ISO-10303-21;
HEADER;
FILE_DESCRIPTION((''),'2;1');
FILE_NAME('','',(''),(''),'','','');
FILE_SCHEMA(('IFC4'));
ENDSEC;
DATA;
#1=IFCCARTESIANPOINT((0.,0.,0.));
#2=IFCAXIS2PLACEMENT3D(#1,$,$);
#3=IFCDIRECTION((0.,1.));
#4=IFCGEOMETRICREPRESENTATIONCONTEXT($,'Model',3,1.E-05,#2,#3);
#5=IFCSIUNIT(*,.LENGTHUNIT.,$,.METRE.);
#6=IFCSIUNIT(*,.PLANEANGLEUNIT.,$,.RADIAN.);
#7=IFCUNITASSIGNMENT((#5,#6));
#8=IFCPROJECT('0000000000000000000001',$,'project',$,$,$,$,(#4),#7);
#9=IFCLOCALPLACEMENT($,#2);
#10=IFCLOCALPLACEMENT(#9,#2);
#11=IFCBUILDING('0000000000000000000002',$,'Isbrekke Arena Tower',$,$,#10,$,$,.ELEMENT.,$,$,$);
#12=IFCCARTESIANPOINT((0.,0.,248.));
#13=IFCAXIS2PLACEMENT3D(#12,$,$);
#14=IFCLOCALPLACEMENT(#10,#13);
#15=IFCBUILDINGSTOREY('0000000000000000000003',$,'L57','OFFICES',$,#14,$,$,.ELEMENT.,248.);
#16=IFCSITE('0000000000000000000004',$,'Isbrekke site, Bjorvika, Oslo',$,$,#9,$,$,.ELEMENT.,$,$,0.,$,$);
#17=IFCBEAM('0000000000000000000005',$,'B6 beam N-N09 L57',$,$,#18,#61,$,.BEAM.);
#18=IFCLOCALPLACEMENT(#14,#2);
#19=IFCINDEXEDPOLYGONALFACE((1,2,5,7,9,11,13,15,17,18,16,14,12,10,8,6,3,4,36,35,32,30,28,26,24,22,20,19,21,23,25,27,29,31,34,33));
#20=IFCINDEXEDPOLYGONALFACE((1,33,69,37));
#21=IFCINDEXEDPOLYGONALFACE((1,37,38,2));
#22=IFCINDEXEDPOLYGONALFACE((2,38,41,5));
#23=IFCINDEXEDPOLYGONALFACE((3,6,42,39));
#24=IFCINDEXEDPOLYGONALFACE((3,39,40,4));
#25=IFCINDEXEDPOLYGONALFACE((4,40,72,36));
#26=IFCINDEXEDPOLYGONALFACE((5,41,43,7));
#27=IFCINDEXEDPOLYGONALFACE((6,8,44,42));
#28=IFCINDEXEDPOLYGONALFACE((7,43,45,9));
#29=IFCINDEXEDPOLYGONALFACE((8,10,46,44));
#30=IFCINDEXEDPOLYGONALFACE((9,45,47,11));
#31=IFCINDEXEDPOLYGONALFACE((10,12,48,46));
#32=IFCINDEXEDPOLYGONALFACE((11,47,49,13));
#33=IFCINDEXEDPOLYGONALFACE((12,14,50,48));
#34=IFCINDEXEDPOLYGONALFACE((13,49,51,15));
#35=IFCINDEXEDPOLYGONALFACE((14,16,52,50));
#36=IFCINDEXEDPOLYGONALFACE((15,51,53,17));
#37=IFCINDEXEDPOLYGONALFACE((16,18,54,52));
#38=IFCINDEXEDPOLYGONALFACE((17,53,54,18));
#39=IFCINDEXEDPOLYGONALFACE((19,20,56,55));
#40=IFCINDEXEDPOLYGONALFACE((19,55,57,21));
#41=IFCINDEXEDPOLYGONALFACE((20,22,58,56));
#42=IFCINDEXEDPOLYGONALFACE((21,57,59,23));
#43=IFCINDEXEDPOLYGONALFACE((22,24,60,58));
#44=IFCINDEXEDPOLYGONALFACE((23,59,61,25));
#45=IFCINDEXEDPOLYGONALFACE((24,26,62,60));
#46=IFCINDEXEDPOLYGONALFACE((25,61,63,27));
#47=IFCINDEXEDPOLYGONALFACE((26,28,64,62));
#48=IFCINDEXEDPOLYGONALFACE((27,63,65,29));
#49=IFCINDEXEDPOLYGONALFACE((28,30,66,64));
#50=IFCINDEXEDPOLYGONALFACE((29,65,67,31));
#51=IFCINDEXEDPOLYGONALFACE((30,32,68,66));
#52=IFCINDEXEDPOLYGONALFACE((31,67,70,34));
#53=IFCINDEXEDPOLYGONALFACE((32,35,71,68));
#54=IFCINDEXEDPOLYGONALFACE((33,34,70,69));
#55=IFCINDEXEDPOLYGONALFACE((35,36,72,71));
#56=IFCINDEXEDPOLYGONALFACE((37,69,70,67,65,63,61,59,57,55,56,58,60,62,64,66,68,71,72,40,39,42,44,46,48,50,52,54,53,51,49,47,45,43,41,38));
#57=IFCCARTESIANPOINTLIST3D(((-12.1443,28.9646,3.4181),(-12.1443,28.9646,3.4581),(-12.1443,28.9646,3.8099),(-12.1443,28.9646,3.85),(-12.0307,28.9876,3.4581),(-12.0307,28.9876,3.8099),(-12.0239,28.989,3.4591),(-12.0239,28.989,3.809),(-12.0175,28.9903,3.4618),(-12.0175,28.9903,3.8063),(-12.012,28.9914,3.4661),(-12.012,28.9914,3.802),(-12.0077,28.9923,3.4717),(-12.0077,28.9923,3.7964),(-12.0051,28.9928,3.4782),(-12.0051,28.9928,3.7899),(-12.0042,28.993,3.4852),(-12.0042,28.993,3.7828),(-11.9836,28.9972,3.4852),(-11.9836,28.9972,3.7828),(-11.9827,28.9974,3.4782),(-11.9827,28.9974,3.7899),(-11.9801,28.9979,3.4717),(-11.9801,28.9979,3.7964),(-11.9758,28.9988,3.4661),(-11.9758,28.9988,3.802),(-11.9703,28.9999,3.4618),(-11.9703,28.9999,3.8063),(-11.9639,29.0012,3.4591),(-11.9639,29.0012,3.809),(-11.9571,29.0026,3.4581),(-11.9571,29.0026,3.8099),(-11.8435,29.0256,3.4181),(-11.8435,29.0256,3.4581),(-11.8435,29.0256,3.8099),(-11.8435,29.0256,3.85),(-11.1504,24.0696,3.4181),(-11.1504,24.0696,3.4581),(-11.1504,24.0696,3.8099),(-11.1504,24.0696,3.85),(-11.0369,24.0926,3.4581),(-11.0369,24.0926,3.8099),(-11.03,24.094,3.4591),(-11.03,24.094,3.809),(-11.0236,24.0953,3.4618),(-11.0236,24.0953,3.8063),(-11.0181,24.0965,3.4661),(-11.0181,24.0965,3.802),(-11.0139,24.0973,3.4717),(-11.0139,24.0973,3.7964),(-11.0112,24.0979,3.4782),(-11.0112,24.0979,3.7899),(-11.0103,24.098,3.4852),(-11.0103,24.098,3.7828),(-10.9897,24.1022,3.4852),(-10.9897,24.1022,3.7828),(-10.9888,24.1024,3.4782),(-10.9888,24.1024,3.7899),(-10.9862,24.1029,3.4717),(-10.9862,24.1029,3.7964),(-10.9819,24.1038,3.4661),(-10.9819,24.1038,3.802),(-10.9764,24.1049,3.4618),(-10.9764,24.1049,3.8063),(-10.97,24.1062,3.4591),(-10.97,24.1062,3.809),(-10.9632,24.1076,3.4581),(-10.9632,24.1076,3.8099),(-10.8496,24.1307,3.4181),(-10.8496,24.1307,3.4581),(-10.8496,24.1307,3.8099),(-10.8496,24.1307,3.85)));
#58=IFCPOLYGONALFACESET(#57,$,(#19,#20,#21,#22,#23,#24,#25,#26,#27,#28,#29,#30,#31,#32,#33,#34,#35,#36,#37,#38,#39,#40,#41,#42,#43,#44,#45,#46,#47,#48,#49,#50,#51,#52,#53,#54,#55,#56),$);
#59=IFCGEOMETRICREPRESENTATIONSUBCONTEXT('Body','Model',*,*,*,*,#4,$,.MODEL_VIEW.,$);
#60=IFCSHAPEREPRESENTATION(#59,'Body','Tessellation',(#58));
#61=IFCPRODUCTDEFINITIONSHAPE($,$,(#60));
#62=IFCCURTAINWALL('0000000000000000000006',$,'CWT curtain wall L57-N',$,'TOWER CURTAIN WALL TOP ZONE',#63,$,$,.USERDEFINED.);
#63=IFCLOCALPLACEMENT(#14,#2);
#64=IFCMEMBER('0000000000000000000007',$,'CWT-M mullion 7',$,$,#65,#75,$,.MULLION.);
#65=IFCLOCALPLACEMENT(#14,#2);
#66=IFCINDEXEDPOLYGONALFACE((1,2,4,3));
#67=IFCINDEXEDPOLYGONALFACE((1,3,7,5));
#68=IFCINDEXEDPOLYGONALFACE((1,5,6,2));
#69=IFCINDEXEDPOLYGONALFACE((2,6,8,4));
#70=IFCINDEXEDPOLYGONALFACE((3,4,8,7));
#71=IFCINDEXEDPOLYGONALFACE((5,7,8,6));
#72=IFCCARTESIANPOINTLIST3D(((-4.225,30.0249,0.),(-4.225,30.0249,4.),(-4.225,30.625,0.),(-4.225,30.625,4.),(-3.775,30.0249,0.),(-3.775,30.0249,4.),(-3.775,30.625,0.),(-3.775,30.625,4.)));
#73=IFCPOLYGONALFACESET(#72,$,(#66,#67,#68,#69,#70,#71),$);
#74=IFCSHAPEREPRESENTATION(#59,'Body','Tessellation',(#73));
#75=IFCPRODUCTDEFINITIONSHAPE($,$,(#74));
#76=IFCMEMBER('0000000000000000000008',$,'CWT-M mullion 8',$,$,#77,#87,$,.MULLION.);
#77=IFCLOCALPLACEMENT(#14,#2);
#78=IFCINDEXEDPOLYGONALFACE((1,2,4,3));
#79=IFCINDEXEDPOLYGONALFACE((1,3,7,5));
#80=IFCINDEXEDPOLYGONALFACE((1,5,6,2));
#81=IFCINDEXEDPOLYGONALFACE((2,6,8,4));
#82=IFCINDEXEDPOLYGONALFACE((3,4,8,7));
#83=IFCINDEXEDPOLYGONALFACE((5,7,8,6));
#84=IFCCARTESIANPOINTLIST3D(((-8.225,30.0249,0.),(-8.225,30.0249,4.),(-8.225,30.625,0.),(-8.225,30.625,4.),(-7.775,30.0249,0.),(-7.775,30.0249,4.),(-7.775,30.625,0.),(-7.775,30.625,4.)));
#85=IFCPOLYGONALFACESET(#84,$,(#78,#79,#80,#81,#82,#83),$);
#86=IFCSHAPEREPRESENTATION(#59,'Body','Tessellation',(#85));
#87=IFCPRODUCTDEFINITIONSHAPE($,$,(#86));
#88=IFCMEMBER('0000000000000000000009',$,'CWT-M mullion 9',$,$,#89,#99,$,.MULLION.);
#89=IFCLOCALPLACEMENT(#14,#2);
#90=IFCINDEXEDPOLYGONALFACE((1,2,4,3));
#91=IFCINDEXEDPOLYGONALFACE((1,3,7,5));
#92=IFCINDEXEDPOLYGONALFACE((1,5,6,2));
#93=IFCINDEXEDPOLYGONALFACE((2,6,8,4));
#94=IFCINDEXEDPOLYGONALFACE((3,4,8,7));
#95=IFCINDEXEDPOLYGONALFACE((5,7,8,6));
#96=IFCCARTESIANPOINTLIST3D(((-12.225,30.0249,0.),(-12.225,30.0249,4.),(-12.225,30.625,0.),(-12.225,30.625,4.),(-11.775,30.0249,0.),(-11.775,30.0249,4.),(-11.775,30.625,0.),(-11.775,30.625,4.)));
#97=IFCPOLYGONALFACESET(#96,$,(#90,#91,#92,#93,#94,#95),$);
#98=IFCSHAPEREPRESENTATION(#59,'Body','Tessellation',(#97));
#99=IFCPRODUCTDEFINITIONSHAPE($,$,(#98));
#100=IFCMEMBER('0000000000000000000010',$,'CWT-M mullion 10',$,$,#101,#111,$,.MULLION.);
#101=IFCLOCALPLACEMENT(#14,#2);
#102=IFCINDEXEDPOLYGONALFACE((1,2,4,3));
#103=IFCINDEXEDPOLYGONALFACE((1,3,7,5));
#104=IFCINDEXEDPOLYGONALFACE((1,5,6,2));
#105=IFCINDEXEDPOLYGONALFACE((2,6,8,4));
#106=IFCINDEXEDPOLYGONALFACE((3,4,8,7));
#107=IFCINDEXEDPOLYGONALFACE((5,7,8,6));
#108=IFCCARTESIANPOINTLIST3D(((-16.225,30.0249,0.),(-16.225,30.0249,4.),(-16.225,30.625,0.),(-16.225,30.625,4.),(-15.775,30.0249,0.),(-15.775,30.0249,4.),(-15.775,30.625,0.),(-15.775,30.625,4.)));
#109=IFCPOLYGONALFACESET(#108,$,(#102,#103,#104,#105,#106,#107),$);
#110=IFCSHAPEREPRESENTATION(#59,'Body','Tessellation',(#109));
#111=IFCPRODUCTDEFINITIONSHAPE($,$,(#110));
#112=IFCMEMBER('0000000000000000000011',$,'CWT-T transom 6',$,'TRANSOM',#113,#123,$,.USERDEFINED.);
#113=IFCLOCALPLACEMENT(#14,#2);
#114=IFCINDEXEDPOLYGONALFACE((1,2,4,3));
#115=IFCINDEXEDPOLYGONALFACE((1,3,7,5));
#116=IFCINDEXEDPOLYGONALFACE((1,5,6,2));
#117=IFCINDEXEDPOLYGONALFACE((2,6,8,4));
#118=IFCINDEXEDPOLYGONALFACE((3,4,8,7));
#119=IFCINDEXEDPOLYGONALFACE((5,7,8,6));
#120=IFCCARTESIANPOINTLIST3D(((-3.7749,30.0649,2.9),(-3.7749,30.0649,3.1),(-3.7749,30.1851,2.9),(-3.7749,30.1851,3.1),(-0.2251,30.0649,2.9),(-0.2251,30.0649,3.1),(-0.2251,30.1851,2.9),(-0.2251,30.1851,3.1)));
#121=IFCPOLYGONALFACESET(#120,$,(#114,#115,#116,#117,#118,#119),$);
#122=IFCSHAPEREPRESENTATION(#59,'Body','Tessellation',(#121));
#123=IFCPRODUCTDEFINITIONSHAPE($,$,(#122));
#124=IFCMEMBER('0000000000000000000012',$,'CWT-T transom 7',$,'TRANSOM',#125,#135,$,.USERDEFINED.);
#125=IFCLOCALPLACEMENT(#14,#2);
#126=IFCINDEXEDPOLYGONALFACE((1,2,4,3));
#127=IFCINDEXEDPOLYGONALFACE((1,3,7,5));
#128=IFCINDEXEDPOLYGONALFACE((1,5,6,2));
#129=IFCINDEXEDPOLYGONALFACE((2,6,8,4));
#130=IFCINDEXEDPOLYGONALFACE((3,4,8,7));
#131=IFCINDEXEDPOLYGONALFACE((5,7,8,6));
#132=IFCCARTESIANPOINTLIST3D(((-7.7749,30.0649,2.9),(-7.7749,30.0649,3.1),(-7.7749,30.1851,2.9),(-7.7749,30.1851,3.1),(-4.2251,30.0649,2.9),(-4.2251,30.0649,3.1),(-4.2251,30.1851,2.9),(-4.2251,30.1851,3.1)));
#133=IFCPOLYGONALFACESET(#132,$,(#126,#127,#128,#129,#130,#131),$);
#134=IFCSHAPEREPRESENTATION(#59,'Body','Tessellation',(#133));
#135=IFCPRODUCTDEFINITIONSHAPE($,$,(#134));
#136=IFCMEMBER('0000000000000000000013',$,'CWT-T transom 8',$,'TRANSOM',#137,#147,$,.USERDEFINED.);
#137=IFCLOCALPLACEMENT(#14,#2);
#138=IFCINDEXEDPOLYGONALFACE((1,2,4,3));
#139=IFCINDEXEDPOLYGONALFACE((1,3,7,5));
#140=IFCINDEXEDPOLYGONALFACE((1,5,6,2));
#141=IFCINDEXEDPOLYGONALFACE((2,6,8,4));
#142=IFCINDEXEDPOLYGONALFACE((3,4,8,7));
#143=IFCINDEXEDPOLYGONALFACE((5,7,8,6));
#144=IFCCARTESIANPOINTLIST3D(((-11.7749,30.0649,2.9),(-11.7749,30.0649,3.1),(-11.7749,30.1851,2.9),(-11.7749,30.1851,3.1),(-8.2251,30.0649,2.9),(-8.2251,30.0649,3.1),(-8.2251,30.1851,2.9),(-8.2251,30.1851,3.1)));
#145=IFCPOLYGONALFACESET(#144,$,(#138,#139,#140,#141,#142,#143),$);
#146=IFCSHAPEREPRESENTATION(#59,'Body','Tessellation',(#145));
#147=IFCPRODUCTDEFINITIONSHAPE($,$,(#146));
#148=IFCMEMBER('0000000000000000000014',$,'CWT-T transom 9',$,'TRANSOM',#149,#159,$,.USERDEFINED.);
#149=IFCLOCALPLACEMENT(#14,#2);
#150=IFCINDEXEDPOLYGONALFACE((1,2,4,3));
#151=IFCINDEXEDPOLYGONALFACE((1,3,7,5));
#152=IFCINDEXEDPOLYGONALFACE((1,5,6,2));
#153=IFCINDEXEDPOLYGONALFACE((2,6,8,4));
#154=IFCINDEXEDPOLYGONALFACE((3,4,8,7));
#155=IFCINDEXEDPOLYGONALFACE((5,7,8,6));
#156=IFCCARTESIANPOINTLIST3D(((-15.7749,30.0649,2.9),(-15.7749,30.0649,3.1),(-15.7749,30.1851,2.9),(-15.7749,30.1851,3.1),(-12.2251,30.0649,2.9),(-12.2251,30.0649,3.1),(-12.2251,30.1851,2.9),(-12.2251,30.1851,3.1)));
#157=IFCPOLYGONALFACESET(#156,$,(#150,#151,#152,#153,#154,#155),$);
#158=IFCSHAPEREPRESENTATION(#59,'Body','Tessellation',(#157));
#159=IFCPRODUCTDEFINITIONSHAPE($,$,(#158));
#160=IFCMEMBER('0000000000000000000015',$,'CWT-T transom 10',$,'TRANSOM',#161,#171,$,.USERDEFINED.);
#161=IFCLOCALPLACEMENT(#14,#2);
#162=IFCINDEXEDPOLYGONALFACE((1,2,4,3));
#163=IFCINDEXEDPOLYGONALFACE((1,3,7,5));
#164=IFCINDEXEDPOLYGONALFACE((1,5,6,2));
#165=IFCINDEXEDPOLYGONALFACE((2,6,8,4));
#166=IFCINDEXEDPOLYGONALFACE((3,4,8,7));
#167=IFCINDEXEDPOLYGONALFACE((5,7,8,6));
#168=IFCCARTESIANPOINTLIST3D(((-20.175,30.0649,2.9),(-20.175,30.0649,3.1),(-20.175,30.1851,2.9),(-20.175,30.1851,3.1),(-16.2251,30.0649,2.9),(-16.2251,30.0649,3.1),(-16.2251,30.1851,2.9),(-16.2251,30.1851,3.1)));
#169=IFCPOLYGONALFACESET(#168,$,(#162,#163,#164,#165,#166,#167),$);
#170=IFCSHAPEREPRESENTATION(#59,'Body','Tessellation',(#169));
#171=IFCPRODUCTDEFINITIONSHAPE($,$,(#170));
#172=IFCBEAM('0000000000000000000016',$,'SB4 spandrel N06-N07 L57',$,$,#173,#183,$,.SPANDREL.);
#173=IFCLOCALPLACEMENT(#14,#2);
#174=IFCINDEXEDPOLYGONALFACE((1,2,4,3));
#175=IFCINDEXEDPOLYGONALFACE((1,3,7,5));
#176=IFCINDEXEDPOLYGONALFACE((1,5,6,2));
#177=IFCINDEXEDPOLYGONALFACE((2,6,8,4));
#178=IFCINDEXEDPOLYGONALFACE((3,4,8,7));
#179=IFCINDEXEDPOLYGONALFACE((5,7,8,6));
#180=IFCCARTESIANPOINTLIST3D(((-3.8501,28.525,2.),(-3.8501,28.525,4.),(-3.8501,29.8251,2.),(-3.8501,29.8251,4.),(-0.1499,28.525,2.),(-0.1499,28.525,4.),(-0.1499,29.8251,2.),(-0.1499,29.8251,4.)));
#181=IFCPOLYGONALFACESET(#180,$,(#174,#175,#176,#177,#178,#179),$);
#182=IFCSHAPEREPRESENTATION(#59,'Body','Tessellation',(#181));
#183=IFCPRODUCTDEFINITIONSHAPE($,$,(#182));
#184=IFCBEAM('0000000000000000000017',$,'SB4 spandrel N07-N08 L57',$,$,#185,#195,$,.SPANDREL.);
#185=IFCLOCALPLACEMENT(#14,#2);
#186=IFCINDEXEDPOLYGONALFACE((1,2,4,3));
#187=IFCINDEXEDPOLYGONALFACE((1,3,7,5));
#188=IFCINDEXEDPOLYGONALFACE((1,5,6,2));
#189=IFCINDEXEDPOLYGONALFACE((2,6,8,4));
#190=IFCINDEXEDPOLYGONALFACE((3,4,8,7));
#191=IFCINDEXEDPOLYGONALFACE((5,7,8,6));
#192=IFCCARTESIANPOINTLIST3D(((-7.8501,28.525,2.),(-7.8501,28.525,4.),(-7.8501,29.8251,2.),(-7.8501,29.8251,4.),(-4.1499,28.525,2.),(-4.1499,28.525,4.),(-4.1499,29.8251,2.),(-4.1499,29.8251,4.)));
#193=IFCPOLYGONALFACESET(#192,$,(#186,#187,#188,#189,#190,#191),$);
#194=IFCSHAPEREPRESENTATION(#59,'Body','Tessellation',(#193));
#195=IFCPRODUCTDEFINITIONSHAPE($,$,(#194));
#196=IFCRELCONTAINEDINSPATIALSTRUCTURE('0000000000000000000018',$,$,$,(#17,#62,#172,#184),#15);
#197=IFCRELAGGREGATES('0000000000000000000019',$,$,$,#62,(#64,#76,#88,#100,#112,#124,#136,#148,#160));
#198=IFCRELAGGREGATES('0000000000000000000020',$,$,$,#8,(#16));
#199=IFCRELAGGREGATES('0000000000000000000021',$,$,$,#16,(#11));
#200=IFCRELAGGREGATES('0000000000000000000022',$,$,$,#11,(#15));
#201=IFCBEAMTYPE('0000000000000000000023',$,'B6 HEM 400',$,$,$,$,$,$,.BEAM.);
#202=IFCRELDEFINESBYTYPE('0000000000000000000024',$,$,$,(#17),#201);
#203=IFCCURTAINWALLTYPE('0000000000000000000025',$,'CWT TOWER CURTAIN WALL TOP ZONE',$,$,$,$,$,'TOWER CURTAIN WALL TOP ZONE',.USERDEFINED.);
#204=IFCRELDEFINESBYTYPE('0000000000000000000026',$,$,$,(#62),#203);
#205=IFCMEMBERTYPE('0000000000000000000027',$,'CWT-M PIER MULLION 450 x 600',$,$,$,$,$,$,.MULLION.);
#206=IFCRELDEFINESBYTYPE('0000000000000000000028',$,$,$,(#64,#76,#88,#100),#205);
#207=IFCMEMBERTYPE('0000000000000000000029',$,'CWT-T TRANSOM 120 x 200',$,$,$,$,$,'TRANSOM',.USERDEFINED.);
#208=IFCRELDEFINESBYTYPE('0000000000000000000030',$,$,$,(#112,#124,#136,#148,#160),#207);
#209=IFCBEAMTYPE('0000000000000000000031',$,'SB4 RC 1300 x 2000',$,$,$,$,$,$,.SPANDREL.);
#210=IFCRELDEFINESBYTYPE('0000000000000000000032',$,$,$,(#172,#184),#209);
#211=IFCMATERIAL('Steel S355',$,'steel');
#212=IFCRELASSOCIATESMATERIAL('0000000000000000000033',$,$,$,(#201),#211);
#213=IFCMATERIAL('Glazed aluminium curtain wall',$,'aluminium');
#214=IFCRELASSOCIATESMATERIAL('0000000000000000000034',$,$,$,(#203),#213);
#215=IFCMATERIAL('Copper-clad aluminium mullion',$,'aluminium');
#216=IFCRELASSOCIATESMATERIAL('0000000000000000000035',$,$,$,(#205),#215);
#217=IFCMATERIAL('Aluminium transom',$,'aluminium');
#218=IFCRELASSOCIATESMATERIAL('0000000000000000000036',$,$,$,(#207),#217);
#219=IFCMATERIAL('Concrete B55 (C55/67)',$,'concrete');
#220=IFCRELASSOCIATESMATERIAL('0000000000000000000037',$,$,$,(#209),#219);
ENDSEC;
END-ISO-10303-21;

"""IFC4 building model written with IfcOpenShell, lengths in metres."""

from ifc_helpers import new_model, si_unit, direction, frame, origin, origin_2d, place, context, subcontext, project, spatial, rectangle, i_section, extrude, material, material_profile, profile_set, type_object, element, aggregate, save


model = new_model("IFC4")

# Units and contexts
model_context = context("Model", 3, precision=1e-05, world=origin(), true_north=direction((0.0, 1.0)))
body_context = subcontext(model_context, "Body", "Model", "MODEL_VIEW")
ifc_project = project(units=[si_unit("LENGTHUNIT", "METRE"), si_unit("PLANEANGLEUNIT", "RADIAN")], contexts=[model_context])

# Site, building, storey
site_placement = place(None, origin())
site = spatial("IfcSite", under=ifc_project, at=site_placement, Name="Isbrekke site, Bjorvika, Oslo", CompositionType="ELEMENT", RefElevation=0.0)
building_placement = place(site_placement, origin())
building = spatial("IfcBuilding", under=site, at=building_placement, Name="Isbrekke Arena Tower", CompositionType="ELEMENT")
storey_placement = place(building_placement, frame((0.0, 0.0, 248.0)))
storey = spatial("IfcBuildingStorey", under=building, at=storey_placement, Name="L57", Description="OFFICES", CompositionType="ELEMENT", Elevation=248.0)

# Beam
ifc_material_1 = material(Name="Steel S355", Category="steel")
ifc_material_profile_1 = material_profile(ifc_material_1, i_section(OverallWidth=0.3069, OverallDepth=0.4319, WebThickness=0.021, FlangeThickness=0.04, FilletRadius=0.0271, at=origin_2d()), Name="HEM 400")
ifc_profile_set_1 = profile_set([ifc_material_profile_1], Name="Steel S355")
beam_type_1 = type_object("IfcBeamType", Name="B6 HEM 400", PredefinedType="BEAM", material=ifc_profile_set_1)
beam_1_placement = place(storey_placement, frame((-11.9939, 28.9951, 3.634), z_axis=(0.198982, -0.980003, 0.0), x_axis=(0.980003, 0.198982, 0.0)))
element("IfcBeam", 1, at=beam_1_placement, inside=storey, type_object=beam_type_1, Name="B6 beam N-N09 L57", PredefinedType="BEAM", context=body_context, shape_type="SweptSolid", body=[
    extrude(i_section(OverallWidth=0.3069, OverallDepth=0.4319, WebThickness=0.021, FlangeThickness=0.04, FilletRadius=0.0271, at=origin_2d()), origin(), (0.0, 0.0, 1.0), 4.9949),
])

# Curtain wall, members
ifc_material_2 = material(Name="Glazed aluminium curtain wall", Category="aluminium")
curtain_wall_type = type_object("IfcCurtainWallType", Name="CWT TOWER CURTAIN WALL TOP ZONE", ElementType="TOWER CURTAIN WALL TOP ZONE", PredefinedType="USERDEFINED", material=ifc_material_2)
curtain_wall_placement = place(storey_placement, origin())
curtain_wall = element("IfcCurtainWall", 2, at=curtain_wall_placement, inside=storey, type_object=curtain_wall_type, Name="CWT curtain wall L57-N", ObjectType="TOWER CURTAIN WALL TOP ZONE", PredefinedType="USERDEFINED")
ifc_material_3 = material(Name="Copper-clad aluminium mullion", Category="aluminium")
ifc_material_profile_2 = material_profile(ifc_material_3, rectangle(XDim=0.45, YDim=0.6001, at=origin_2d()), Name="PIER 450X600")
ifc_profile_set_2 = profile_set([ifc_material_profile_2], Name="Copper-clad aluminium mullion")
member_type_1 = type_object("IfcMemberType", Name="CWT-M PIER MULLION 450 x 600", PredefinedType="MULLION", material=ifc_profile_set_2)
member_1_placement = place(storey_placement, frame((-4.0, 30.325, 0.0), z_axis=(0.0, 0.0, 1.0), x_axis=(-1.0, 0.0, 0.0)))
member_1 = element("IfcMember", 3, at=member_1_placement, type_object=member_type_1, Name="CWT-M mullion 7", PredefinedType="MULLION", context=body_context, shape_type="SweptSolid", body=[
    extrude(rectangle(XDim=0.45, YDim=0.6001, at=origin_2d()), origin(), (0.0, 0.0, 1.0), 4.0),
])
member_2_placement = place(storey_placement, frame((-8.0, 30.325, 0.0), z_axis=(0.0, 0.0, 1.0), x_axis=(-1.0, 0.0, 0.0)))
member_2 = element("IfcMember", 4, at=member_2_placement, type_object=member_type_1, Name="CWT-M mullion 8", PredefinedType="MULLION", context=body_context, shape_type="SweptSolid", body=[
    extrude(rectangle(XDim=0.45, YDim=0.6001, at=origin_2d()), origin(), (0.0, 0.0, 1.0), 4.0),
])
member_3_placement = place(storey_placement, frame((-12.0, 30.325, 0.0), z_axis=(0.0, 0.0, 1.0), x_axis=(-1.0, 0.0, 0.0)))
member_3 = element("IfcMember", 5, at=member_3_placement, type_object=member_type_1, Name="CWT-M mullion 9", PredefinedType="MULLION", context=body_context, shape_type="SweptSolid", body=[
    extrude(rectangle(XDim=0.45, YDim=0.6001, at=origin_2d()), origin(), (0.0, 0.0, 1.0), 4.0),
])
member_4_placement = place(storey_placement, frame((-16.0, 30.325, 0.0), z_axis=(0.0, 0.0, 1.0), x_axis=(-1.0, 0.0, 0.0)))
member_4 = element("IfcMember", 6, at=member_4_placement, type_object=member_type_1, Name="CWT-M mullion 10", PredefinedType="MULLION", context=body_context, shape_type="SweptSolid", body=[
    extrude(rectangle(XDim=0.45, YDim=0.6001, at=origin_2d()), origin(), (0.0, 0.0, 1.0), 4.0),
])
ifc_material_4 = material(Name="Aluminium transom", Category="aluminium")
ifc_material_profile_3 = material_profile(ifc_material_4, rectangle(XDim=0.1201, YDim=0.2, at=origin_2d()), Name="TRANSOM 120X200")
ifc_profile_set_3 = profile_set([ifc_material_profile_3], Name="Aluminium transom")
member_type_2 = type_object("IfcMemberType", Name="CWT-T TRANSOM 120 x 200", ElementType="TRANSOM", PredefinedType="USERDEFINED", material=ifc_profile_set_3)
member_5_placement = place(storey_placement, frame((-0.2251, 30.125, 3.0), z_axis=(-1.0, 0.0, 0.0), x_axis=(0.0, -1.0, 0.0)))
member_5 = element("IfcMember", 7, at=member_5_placement, type_object=member_type_2, Name="CWT-T transom 6", ObjectType="TRANSOM", PredefinedType="USERDEFINED", context=body_context, shape_type="SweptSolid", body=[
    extrude(rectangle(XDim=0.1201, YDim=0.2, at=origin_2d()), origin(), (0.0, 0.0, 1.0), 3.5498),
])
member_6_placement = place(storey_placement, frame((-4.2251, 30.125, 3.0), z_axis=(-1.0, 0.0, 0.0), x_axis=(0.0, -1.0, 0.0)))
member_6 = element("IfcMember", 8, at=member_6_placement, type_object=member_type_2, Name="CWT-T transom 7", ObjectType="TRANSOM", PredefinedType="USERDEFINED", context=body_context, shape_type="SweptSolid", body=[
    extrude(rectangle(XDim=0.1201, YDim=0.2, at=origin_2d()), origin(), (0.0, 0.0, 1.0), 3.5498),
])
member_7_placement = place(storey_placement, frame((-8.2251, 30.125, 3.0), z_axis=(-1.0, 0.0, 0.0), x_axis=(0.0, -1.0, 0.0)))
member_7 = element("IfcMember", 9, at=member_7_placement, type_object=member_type_2, Name="CWT-T transom 8", ObjectType="TRANSOM", PredefinedType="USERDEFINED", context=body_context, shape_type="SweptSolid", body=[
    extrude(rectangle(XDim=0.1201, YDim=0.2, at=origin_2d()), origin(), (0.0, 0.0, 1.0), 3.5498),
])
member_8_placement = place(storey_placement, frame((-12.2251, 30.125, 3.0), z_axis=(-1.0, 0.0, 0.0), x_axis=(0.0, -1.0, 0.0)))
member_8 = element("IfcMember", 10, at=member_8_placement, type_object=member_type_2, Name="CWT-T transom 9", ObjectType="TRANSOM", PredefinedType="USERDEFINED", context=body_context, shape_type="SweptSolid", body=[
    extrude(rectangle(XDim=0.1201, YDim=0.2, at=origin_2d()), origin(), (0.0, 0.0, 1.0), 3.5498),
])
member_9_placement = place(storey_placement, frame((-16.2251, 30.125, 3.0), z_axis=(-1.0, 0.0, 0.0), x_axis=(0.0, -1.0, 0.0)))
member_9 = element("IfcMember", 11, at=member_9_placement, type_object=member_type_2, Name="CWT-T transom 10", ObjectType="TRANSOM", PredefinedType="USERDEFINED", context=body_context, shape_type="SweptSolid", body=[
    extrude(rectangle(XDim=0.1201, YDim=0.2, at=origin_2d()), origin(), (0.0, 0.0, 1.0), 3.95),
])

# Beams
ifc_material_5 = material(Name="Concrete B55 (C55/67)", Category="concrete")
ifc_material_profile_4 = material_profile(ifc_material_5, rectangle(XDim=1.3, YDim=2.0, at=origin_2d()), Name="RC 1300x2000")
ifc_profile_set_4 = profile_set([ifc_material_profile_4], Name="Concrete B55 (C55/67)")
beam_type_2 = type_object("IfcBeamType", Name="SB4 RC 1300 x 2000", PredefinedType="SPANDREL", material=ifc_profile_set_4)
for number, where, z_axis, x_axis, name in (
    (12, (-0.1499, 29.175, 3.0), (-1.0, 0.0, 0.0), (0.0, -1.0, 0.0), "SB4 spandrel N06-N07 L57"),
    (13, (-4.1499, 29.175, 3.0), (-1.0, 0.0, 0.0), (0.0, -1.0, 0.0), "SB4 spandrel N07-N08 L57"),
):
    element("IfcBeam", number, at=place(storey_placement, frame(where, z_axis=z_axis, x_axis=x_axis)), inside=storey, type_object=beam_type_2, Name=name, PredefinedType="SPANDREL", context=body_context, shape_type="SweptSolid", body=[
        extrude(rectangle(XDim=1.3, YDim=2.0, at=origin_2d()), origin(), (0.0, 0.0, 1.0), 3.7002),
    ])

aggregate(curtain_wall, [member_1, member_2, member_3, member_4, member_5, member_6, member_7, member_8, member_9])

save(model, "model.ifc")
